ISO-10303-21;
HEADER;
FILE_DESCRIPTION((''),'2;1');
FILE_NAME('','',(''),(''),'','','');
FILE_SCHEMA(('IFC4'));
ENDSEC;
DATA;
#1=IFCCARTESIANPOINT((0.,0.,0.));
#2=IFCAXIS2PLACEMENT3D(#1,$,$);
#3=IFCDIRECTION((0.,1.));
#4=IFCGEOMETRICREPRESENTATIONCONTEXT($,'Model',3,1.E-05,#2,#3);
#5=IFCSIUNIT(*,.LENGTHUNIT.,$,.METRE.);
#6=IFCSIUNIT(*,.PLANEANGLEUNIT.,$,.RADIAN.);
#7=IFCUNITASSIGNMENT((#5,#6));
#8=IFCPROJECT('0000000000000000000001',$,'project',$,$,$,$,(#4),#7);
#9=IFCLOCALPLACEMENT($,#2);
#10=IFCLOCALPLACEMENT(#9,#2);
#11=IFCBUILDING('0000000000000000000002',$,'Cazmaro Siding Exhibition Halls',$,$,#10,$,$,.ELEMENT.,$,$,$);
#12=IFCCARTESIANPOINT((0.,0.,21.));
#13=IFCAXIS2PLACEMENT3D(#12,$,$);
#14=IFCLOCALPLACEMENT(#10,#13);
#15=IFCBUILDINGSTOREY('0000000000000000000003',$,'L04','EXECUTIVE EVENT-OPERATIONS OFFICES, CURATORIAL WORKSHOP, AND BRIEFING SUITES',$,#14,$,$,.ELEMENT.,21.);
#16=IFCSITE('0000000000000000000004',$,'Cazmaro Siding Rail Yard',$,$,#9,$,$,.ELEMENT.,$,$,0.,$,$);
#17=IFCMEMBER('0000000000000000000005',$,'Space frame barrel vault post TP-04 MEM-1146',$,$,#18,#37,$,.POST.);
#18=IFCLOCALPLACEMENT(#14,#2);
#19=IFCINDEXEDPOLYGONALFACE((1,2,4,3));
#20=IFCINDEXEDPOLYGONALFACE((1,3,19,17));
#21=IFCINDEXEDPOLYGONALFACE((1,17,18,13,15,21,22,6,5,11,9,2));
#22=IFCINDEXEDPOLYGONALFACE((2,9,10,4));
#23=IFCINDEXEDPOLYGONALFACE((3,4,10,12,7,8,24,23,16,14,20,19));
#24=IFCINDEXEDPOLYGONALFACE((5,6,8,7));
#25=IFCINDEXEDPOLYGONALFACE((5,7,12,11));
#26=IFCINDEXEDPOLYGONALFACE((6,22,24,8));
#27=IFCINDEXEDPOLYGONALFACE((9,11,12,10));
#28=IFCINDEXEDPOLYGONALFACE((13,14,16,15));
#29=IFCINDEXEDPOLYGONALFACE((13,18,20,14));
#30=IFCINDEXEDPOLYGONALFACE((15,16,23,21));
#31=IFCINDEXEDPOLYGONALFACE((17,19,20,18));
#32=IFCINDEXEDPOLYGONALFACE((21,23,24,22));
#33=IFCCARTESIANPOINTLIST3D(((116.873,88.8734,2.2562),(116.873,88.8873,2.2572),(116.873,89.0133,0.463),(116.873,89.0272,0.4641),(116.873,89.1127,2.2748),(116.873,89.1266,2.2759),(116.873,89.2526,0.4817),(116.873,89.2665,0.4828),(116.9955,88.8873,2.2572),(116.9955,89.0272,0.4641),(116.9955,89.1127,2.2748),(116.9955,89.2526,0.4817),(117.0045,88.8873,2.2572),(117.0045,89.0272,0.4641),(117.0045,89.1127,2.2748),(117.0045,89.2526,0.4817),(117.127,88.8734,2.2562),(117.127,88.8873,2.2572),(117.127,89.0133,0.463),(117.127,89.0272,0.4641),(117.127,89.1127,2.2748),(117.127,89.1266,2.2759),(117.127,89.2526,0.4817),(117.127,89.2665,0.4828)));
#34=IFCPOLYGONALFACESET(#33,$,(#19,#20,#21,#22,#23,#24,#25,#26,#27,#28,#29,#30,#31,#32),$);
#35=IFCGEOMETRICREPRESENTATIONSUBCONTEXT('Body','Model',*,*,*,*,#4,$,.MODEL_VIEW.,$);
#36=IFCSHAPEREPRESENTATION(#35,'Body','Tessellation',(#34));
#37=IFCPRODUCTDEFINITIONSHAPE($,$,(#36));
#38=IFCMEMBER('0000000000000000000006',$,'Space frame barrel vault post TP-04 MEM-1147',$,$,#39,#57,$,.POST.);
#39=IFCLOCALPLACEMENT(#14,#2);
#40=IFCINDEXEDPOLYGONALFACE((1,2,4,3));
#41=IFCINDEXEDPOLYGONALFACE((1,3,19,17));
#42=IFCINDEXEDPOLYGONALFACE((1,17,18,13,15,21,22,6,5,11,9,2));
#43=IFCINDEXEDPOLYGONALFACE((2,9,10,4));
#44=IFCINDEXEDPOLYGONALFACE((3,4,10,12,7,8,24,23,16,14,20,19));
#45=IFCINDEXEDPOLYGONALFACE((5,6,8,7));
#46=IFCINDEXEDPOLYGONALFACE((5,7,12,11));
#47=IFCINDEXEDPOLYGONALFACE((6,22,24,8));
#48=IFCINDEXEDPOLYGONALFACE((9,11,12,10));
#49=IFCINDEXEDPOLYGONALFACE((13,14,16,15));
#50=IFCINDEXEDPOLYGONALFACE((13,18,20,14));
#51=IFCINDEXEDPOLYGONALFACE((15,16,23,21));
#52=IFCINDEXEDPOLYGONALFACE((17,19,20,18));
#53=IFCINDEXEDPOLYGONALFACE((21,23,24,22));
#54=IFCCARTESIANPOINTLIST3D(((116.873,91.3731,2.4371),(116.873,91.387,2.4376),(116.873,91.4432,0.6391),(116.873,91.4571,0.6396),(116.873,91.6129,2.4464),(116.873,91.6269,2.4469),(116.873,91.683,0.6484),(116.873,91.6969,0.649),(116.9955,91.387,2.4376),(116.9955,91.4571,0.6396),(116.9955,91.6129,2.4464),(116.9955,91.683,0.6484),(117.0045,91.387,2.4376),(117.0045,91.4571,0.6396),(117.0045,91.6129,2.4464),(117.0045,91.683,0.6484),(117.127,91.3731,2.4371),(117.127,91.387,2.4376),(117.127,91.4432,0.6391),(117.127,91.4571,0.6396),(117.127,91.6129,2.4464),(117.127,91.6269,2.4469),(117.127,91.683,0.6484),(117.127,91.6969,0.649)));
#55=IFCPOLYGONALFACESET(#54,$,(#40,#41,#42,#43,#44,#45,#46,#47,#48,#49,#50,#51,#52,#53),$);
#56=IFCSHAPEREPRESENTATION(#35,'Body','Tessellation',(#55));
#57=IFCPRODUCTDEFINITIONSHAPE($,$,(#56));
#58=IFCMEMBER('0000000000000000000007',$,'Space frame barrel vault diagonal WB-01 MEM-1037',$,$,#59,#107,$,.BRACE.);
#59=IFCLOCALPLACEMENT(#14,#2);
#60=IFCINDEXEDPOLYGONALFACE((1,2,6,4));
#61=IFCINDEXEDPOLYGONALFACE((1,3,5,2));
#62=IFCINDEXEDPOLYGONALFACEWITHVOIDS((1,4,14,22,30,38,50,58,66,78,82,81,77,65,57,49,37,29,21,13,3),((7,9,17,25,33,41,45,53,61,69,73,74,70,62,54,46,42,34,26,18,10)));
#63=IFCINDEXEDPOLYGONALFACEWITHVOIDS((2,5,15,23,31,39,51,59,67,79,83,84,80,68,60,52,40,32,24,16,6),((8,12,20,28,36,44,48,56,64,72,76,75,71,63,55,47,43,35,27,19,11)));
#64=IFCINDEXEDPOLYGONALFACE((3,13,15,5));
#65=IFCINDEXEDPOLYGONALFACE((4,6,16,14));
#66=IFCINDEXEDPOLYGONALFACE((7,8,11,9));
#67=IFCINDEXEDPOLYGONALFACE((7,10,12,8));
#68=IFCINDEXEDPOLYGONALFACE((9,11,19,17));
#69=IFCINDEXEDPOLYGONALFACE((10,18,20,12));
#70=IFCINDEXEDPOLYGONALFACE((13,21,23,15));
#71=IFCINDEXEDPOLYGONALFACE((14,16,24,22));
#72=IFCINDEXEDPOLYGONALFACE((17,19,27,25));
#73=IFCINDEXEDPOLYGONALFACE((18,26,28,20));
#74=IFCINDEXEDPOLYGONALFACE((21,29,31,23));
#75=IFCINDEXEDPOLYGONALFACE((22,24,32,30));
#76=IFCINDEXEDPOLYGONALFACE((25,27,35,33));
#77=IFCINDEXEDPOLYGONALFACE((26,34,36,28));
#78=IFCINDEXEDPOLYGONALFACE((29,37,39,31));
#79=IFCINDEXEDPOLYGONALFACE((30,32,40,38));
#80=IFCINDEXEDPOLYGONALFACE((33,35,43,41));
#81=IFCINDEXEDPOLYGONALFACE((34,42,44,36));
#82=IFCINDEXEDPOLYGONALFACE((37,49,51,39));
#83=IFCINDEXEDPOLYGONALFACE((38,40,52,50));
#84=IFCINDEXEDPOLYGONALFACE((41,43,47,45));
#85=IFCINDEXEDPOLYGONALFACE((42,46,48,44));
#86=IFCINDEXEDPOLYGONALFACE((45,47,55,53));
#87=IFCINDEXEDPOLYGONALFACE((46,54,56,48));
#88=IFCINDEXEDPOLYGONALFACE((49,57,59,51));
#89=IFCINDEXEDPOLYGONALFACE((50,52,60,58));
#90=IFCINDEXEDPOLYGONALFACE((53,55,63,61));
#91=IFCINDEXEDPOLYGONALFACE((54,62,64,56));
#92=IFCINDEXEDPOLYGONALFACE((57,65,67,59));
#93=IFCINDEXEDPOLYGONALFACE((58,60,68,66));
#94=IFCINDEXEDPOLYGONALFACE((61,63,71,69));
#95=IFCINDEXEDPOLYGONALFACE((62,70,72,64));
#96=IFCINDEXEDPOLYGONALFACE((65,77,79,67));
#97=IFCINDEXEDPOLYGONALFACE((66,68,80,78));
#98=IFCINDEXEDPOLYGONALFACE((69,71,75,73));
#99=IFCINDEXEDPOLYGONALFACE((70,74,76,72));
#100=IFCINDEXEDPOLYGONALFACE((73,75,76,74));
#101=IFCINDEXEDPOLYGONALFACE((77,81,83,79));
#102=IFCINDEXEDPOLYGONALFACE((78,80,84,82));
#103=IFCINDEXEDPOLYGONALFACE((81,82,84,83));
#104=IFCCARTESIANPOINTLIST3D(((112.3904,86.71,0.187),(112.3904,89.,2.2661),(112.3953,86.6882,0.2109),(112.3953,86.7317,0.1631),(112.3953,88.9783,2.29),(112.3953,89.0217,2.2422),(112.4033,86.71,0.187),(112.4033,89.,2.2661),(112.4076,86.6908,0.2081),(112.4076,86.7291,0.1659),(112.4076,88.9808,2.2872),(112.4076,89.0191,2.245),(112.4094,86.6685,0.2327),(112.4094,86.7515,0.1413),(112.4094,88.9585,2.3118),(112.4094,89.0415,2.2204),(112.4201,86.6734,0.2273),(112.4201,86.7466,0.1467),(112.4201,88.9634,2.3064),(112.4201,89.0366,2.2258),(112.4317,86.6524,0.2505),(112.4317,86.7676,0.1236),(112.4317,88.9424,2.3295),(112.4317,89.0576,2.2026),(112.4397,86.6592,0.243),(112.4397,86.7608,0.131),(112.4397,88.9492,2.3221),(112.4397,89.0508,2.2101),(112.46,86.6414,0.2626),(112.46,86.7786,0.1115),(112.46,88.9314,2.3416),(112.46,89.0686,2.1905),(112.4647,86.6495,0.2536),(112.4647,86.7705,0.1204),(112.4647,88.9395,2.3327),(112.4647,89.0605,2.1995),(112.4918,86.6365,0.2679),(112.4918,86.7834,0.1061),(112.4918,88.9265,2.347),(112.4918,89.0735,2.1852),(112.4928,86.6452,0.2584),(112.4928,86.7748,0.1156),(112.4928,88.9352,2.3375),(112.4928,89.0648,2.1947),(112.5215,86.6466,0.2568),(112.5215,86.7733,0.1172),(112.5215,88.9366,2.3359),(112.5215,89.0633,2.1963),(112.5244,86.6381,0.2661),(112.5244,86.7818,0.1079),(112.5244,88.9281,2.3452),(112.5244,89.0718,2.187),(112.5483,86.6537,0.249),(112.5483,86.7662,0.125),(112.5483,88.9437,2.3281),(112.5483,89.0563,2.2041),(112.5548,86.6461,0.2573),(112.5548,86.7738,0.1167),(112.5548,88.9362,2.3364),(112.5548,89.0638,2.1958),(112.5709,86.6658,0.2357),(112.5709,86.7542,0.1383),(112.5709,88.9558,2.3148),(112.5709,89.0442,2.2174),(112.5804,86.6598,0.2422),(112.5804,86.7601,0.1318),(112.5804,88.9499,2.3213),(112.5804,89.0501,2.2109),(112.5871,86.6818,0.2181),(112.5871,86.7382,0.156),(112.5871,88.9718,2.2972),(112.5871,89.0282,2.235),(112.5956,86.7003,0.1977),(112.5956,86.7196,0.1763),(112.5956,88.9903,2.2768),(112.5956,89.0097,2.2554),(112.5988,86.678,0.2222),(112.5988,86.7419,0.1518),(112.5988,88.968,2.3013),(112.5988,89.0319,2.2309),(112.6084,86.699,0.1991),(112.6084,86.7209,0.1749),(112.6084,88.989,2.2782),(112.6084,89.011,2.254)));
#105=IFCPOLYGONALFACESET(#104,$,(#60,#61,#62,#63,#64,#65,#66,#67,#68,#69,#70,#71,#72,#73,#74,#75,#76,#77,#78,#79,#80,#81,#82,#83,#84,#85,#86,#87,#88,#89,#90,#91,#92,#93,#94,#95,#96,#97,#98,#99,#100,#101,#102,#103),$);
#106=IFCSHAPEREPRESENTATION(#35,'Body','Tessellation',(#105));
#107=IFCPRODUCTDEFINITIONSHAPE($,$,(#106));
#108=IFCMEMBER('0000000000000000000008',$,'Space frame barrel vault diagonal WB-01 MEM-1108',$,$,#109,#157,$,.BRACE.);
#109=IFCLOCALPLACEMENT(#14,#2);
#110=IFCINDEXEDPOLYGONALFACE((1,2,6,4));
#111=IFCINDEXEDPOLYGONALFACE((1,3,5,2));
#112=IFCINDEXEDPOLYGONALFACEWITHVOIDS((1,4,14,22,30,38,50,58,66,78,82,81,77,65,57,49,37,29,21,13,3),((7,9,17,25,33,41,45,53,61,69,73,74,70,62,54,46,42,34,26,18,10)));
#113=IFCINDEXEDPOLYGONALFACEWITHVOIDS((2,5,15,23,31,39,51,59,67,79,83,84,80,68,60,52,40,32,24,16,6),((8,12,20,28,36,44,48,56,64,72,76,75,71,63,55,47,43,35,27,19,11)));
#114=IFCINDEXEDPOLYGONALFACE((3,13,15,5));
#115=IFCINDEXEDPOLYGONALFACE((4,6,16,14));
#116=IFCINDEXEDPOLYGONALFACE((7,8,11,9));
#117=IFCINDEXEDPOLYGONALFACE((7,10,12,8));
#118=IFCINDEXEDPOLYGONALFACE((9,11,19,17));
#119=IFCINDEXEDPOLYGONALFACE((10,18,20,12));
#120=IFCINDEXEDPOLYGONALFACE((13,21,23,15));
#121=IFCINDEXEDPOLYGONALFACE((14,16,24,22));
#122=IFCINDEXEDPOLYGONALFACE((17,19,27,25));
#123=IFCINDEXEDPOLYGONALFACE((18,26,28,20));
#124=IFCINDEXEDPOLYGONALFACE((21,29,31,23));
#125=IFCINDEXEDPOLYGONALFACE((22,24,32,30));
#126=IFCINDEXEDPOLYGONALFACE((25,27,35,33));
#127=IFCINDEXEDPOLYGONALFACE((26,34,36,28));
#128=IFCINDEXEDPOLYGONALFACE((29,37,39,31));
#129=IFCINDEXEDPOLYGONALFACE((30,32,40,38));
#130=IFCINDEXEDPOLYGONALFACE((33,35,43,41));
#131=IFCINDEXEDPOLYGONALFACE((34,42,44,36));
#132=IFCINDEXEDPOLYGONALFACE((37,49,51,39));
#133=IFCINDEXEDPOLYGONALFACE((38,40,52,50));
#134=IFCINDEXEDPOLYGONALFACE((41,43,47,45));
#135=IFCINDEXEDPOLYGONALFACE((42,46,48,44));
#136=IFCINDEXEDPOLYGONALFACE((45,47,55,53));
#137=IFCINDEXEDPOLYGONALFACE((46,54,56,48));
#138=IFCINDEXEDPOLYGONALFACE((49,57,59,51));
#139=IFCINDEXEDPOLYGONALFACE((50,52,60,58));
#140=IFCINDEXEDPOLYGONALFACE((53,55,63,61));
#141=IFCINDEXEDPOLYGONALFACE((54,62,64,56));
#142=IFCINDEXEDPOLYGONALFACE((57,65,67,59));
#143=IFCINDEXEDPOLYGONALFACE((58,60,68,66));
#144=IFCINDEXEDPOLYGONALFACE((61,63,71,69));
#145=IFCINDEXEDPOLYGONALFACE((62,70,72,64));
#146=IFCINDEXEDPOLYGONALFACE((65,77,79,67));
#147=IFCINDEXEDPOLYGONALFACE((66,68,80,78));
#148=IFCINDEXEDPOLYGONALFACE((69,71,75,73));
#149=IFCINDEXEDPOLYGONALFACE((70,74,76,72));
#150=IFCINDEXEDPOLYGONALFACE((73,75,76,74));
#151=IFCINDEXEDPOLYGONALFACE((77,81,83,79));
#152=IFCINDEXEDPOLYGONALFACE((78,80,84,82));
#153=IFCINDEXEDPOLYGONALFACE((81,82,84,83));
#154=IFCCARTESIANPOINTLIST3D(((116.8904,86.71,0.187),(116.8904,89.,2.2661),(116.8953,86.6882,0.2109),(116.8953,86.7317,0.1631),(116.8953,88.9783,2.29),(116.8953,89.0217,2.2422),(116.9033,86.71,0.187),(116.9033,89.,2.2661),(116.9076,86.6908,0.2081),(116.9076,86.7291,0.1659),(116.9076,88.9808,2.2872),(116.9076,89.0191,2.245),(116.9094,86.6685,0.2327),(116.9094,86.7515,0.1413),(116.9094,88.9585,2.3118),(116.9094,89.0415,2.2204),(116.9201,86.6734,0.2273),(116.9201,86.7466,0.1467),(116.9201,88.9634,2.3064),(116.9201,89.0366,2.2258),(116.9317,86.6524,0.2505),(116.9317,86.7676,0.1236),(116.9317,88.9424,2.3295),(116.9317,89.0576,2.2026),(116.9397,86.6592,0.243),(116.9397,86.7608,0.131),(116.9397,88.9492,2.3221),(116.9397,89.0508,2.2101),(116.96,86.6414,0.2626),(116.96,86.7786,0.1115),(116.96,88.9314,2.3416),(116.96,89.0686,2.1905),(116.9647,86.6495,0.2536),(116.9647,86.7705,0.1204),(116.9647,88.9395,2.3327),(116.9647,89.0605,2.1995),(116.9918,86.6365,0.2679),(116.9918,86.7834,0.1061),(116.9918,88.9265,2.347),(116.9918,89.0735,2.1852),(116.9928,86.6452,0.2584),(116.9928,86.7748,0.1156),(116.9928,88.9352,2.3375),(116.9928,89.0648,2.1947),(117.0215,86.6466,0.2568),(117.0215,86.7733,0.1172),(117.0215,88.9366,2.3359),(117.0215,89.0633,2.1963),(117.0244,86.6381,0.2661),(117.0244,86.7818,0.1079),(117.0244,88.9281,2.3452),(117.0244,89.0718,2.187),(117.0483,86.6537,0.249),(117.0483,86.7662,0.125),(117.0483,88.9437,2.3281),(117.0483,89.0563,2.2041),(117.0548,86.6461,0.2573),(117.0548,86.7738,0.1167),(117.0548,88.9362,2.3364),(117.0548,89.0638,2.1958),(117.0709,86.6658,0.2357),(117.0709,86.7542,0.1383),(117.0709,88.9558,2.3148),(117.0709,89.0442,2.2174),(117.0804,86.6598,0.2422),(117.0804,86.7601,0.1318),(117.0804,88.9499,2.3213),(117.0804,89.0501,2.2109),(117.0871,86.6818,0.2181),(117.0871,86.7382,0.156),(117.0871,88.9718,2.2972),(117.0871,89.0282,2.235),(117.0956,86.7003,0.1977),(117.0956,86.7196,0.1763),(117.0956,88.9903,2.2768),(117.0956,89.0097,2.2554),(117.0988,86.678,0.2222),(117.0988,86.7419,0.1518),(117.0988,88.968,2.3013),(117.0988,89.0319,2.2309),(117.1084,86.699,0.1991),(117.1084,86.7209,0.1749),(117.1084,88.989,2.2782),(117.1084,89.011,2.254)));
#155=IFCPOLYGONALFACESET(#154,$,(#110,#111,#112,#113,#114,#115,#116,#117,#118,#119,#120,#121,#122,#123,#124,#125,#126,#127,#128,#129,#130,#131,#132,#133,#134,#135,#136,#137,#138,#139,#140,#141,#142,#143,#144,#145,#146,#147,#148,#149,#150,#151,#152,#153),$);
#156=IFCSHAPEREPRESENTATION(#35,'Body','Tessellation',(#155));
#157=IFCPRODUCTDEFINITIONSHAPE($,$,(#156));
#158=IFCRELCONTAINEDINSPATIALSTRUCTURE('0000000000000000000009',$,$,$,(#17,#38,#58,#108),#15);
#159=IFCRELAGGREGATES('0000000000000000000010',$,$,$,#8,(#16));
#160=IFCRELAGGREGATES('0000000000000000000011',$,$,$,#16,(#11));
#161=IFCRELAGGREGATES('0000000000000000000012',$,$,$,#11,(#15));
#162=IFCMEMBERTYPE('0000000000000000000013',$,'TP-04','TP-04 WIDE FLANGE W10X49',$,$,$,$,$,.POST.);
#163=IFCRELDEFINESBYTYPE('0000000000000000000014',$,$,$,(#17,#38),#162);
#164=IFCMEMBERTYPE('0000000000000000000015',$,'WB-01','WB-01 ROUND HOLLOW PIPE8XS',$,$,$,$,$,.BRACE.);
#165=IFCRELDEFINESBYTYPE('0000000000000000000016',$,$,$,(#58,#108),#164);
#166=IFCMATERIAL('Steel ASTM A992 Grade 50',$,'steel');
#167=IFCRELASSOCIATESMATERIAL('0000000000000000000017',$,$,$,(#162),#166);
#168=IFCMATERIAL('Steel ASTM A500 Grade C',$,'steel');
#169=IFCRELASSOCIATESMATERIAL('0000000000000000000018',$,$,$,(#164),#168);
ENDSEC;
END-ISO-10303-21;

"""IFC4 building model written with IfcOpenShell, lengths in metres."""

from ifc_helpers import new_model, si_unit, direction, frame, origin, origin_2d, place, context, subcontext, project, spatial, hollow_circle, i_section, extrude, material, material_profile, profile_set, type_object, element, save


model = new_model("IFC4")

# Units and contexts
model_context = context("Model", 3, precision=1e-05, world=origin(), true_north=direction((0.0, 1.0)))
body_context = subcontext(model_context, "Body", "Model", "MODEL_VIEW")
ifc_project = project(units=[si_unit("LENGTHUNIT", "METRE"), si_unit("PLANEANGLEUNIT", "RADIAN")], contexts=[model_context])

# Site, building, storey
site_placement = place(None, origin())
site = spatial("IfcSite", under=ifc_project, at=site_placement, Name="Cazmaro Siding Rail Yard", CompositionType="ELEMENT", RefElevation=0.0)
building_placement = place(site_placement, origin())
building = spatial("IfcBuilding", under=site, at=building_placement, Name="Cazmaro Siding Exhibition Halls", CompositionType="ELEMENT")
storey_placement = place(building_placement, frame((0.0, 0.0, 21.0)))
storey = spatial("IfcBuildingStorey", under=building, at=storey_placement, Name="L04", Description="EXECUTIVE EVENT-OPERATIONS OFFICES, CURATORIAL WORKSHOP, AND BRIEFING SUITES", CompositionType="ELEMENT", Elevation=21.0)

# Members
ifc_material_1 = material(Name="Steel ASTM A992 Grade 50", Category="steel")
ifc_material_profile_1 = material_profile(ifc_material_1, i_section(OverallWidth=0.2539, OverallDepth=0.2539, WebThickness=0.009, FlangeThickness=0.0139, at=origin_2d()), Name="W10X49")
ifc_profile_set_1 = profile_set([ifc_material_profile_1], Name="Steel ASTM A992 Grade 50")
member_type_1 = type_object("IfcMemberType", Name="TP-04", Description="TP-04 WIDE FLANGE W10X49", PredefinedType="POST", material=ifc_profile_set_1)
member_1_placement = place(storey_placement, frame((117.0, 89.1399, 0.4729), z_axis=(0.0, -0.077776, 0.996971), x_axis=(1.0, 0.0, 0.0)))
element("IfcMember", 1, at=member_1_placement, inside=storey, type_object=member_type_1, Name="Space frame barrel vault post TP-04 MEM-1146", PredefinedType="POST", context=body_context, shape_type="SweptSolid", body=[
    extrude(i_section(OverallWidth=0.2539, OverallDepth=0.2539, WebThickness=0.009, FlangeThickness=0.0139, at=origin_2d()), origin(), (0.0, 0.0, 1.0), 1.7986),
])
member_2_placement = place(storey_placement, frame((117.0, 91.5701, 0.644), z_axis=(0.0, -0.038944, 0.999241), x_axis=(1.0, 0.0, 0.0)))
element("IfcMember", 2, at=member_2_placement, inside=storey, type_object=member_type_1, Name="Space frame barrel vault post TP-04 MEM-1147", PredefinedType="POST", context=body_context, shape_type="SweptSolid", body=[
    extrude(i_section(OverallWidth=0.2539, OverallDepth=0.2539, WebThickness=0.009, FlangeThickness=0.0139, at=origin_2d()), origin(), (0.0, 0.0, 1.0), 1.7993),
])
ifc_material_2 = material(Name="Steel ASTM A500 Grade C", Category="steel")
ifc_material_profile_2 = material_profile(ifc_material_2, hollow_circle(Radius=0.1096, WallThickness=0.0129, at=origin_2d()), Name="PIPE8XS")
ifc_profile_set_2 = profile_set([ifc_material_profile_2], Name="Steel ASTM A500 Grade C")
member_type_2 = type_object("IfcMemberType", Name="WB-01", Description="WB-01 ROUND HOLLOW PIPE8XS", PredefinedType="BRACE", material=ifc_profile_set_2)
for number, where, z_axis, x_axis, name in (
    (3, (112.5, 86.71, 0.187), (0.0, 0.740383, 0.672185), (-1.0, 0.0, 0.0), "Space frame barrel vault diagonal WB-01 MEM-1037"),
    (4, (117.0, 86.71, 0.187), (0.0, 0.740383, 0.672185), (-1.0, 0.0, 0.0), "Space frame barrel vault diagonal WB-01 MEM-1108"),
):
    element("IfcMember", number, at=place(storey_placement, frame(where, z_axis=z_axis, x_axis=x_axis)), inside=storey, type_object=member_type_2, Name=name, PredefinedType="BRACE", context=body_context, shape_type="SweptSolid", body=[
        extrude(hollow_circle(Radius=0.1096, WallThickness=0.0129, at=origin_2d()), origin(), (0.0, 0.0, 1.0), 3.093),
    ])

save(model, "model.ifc")
